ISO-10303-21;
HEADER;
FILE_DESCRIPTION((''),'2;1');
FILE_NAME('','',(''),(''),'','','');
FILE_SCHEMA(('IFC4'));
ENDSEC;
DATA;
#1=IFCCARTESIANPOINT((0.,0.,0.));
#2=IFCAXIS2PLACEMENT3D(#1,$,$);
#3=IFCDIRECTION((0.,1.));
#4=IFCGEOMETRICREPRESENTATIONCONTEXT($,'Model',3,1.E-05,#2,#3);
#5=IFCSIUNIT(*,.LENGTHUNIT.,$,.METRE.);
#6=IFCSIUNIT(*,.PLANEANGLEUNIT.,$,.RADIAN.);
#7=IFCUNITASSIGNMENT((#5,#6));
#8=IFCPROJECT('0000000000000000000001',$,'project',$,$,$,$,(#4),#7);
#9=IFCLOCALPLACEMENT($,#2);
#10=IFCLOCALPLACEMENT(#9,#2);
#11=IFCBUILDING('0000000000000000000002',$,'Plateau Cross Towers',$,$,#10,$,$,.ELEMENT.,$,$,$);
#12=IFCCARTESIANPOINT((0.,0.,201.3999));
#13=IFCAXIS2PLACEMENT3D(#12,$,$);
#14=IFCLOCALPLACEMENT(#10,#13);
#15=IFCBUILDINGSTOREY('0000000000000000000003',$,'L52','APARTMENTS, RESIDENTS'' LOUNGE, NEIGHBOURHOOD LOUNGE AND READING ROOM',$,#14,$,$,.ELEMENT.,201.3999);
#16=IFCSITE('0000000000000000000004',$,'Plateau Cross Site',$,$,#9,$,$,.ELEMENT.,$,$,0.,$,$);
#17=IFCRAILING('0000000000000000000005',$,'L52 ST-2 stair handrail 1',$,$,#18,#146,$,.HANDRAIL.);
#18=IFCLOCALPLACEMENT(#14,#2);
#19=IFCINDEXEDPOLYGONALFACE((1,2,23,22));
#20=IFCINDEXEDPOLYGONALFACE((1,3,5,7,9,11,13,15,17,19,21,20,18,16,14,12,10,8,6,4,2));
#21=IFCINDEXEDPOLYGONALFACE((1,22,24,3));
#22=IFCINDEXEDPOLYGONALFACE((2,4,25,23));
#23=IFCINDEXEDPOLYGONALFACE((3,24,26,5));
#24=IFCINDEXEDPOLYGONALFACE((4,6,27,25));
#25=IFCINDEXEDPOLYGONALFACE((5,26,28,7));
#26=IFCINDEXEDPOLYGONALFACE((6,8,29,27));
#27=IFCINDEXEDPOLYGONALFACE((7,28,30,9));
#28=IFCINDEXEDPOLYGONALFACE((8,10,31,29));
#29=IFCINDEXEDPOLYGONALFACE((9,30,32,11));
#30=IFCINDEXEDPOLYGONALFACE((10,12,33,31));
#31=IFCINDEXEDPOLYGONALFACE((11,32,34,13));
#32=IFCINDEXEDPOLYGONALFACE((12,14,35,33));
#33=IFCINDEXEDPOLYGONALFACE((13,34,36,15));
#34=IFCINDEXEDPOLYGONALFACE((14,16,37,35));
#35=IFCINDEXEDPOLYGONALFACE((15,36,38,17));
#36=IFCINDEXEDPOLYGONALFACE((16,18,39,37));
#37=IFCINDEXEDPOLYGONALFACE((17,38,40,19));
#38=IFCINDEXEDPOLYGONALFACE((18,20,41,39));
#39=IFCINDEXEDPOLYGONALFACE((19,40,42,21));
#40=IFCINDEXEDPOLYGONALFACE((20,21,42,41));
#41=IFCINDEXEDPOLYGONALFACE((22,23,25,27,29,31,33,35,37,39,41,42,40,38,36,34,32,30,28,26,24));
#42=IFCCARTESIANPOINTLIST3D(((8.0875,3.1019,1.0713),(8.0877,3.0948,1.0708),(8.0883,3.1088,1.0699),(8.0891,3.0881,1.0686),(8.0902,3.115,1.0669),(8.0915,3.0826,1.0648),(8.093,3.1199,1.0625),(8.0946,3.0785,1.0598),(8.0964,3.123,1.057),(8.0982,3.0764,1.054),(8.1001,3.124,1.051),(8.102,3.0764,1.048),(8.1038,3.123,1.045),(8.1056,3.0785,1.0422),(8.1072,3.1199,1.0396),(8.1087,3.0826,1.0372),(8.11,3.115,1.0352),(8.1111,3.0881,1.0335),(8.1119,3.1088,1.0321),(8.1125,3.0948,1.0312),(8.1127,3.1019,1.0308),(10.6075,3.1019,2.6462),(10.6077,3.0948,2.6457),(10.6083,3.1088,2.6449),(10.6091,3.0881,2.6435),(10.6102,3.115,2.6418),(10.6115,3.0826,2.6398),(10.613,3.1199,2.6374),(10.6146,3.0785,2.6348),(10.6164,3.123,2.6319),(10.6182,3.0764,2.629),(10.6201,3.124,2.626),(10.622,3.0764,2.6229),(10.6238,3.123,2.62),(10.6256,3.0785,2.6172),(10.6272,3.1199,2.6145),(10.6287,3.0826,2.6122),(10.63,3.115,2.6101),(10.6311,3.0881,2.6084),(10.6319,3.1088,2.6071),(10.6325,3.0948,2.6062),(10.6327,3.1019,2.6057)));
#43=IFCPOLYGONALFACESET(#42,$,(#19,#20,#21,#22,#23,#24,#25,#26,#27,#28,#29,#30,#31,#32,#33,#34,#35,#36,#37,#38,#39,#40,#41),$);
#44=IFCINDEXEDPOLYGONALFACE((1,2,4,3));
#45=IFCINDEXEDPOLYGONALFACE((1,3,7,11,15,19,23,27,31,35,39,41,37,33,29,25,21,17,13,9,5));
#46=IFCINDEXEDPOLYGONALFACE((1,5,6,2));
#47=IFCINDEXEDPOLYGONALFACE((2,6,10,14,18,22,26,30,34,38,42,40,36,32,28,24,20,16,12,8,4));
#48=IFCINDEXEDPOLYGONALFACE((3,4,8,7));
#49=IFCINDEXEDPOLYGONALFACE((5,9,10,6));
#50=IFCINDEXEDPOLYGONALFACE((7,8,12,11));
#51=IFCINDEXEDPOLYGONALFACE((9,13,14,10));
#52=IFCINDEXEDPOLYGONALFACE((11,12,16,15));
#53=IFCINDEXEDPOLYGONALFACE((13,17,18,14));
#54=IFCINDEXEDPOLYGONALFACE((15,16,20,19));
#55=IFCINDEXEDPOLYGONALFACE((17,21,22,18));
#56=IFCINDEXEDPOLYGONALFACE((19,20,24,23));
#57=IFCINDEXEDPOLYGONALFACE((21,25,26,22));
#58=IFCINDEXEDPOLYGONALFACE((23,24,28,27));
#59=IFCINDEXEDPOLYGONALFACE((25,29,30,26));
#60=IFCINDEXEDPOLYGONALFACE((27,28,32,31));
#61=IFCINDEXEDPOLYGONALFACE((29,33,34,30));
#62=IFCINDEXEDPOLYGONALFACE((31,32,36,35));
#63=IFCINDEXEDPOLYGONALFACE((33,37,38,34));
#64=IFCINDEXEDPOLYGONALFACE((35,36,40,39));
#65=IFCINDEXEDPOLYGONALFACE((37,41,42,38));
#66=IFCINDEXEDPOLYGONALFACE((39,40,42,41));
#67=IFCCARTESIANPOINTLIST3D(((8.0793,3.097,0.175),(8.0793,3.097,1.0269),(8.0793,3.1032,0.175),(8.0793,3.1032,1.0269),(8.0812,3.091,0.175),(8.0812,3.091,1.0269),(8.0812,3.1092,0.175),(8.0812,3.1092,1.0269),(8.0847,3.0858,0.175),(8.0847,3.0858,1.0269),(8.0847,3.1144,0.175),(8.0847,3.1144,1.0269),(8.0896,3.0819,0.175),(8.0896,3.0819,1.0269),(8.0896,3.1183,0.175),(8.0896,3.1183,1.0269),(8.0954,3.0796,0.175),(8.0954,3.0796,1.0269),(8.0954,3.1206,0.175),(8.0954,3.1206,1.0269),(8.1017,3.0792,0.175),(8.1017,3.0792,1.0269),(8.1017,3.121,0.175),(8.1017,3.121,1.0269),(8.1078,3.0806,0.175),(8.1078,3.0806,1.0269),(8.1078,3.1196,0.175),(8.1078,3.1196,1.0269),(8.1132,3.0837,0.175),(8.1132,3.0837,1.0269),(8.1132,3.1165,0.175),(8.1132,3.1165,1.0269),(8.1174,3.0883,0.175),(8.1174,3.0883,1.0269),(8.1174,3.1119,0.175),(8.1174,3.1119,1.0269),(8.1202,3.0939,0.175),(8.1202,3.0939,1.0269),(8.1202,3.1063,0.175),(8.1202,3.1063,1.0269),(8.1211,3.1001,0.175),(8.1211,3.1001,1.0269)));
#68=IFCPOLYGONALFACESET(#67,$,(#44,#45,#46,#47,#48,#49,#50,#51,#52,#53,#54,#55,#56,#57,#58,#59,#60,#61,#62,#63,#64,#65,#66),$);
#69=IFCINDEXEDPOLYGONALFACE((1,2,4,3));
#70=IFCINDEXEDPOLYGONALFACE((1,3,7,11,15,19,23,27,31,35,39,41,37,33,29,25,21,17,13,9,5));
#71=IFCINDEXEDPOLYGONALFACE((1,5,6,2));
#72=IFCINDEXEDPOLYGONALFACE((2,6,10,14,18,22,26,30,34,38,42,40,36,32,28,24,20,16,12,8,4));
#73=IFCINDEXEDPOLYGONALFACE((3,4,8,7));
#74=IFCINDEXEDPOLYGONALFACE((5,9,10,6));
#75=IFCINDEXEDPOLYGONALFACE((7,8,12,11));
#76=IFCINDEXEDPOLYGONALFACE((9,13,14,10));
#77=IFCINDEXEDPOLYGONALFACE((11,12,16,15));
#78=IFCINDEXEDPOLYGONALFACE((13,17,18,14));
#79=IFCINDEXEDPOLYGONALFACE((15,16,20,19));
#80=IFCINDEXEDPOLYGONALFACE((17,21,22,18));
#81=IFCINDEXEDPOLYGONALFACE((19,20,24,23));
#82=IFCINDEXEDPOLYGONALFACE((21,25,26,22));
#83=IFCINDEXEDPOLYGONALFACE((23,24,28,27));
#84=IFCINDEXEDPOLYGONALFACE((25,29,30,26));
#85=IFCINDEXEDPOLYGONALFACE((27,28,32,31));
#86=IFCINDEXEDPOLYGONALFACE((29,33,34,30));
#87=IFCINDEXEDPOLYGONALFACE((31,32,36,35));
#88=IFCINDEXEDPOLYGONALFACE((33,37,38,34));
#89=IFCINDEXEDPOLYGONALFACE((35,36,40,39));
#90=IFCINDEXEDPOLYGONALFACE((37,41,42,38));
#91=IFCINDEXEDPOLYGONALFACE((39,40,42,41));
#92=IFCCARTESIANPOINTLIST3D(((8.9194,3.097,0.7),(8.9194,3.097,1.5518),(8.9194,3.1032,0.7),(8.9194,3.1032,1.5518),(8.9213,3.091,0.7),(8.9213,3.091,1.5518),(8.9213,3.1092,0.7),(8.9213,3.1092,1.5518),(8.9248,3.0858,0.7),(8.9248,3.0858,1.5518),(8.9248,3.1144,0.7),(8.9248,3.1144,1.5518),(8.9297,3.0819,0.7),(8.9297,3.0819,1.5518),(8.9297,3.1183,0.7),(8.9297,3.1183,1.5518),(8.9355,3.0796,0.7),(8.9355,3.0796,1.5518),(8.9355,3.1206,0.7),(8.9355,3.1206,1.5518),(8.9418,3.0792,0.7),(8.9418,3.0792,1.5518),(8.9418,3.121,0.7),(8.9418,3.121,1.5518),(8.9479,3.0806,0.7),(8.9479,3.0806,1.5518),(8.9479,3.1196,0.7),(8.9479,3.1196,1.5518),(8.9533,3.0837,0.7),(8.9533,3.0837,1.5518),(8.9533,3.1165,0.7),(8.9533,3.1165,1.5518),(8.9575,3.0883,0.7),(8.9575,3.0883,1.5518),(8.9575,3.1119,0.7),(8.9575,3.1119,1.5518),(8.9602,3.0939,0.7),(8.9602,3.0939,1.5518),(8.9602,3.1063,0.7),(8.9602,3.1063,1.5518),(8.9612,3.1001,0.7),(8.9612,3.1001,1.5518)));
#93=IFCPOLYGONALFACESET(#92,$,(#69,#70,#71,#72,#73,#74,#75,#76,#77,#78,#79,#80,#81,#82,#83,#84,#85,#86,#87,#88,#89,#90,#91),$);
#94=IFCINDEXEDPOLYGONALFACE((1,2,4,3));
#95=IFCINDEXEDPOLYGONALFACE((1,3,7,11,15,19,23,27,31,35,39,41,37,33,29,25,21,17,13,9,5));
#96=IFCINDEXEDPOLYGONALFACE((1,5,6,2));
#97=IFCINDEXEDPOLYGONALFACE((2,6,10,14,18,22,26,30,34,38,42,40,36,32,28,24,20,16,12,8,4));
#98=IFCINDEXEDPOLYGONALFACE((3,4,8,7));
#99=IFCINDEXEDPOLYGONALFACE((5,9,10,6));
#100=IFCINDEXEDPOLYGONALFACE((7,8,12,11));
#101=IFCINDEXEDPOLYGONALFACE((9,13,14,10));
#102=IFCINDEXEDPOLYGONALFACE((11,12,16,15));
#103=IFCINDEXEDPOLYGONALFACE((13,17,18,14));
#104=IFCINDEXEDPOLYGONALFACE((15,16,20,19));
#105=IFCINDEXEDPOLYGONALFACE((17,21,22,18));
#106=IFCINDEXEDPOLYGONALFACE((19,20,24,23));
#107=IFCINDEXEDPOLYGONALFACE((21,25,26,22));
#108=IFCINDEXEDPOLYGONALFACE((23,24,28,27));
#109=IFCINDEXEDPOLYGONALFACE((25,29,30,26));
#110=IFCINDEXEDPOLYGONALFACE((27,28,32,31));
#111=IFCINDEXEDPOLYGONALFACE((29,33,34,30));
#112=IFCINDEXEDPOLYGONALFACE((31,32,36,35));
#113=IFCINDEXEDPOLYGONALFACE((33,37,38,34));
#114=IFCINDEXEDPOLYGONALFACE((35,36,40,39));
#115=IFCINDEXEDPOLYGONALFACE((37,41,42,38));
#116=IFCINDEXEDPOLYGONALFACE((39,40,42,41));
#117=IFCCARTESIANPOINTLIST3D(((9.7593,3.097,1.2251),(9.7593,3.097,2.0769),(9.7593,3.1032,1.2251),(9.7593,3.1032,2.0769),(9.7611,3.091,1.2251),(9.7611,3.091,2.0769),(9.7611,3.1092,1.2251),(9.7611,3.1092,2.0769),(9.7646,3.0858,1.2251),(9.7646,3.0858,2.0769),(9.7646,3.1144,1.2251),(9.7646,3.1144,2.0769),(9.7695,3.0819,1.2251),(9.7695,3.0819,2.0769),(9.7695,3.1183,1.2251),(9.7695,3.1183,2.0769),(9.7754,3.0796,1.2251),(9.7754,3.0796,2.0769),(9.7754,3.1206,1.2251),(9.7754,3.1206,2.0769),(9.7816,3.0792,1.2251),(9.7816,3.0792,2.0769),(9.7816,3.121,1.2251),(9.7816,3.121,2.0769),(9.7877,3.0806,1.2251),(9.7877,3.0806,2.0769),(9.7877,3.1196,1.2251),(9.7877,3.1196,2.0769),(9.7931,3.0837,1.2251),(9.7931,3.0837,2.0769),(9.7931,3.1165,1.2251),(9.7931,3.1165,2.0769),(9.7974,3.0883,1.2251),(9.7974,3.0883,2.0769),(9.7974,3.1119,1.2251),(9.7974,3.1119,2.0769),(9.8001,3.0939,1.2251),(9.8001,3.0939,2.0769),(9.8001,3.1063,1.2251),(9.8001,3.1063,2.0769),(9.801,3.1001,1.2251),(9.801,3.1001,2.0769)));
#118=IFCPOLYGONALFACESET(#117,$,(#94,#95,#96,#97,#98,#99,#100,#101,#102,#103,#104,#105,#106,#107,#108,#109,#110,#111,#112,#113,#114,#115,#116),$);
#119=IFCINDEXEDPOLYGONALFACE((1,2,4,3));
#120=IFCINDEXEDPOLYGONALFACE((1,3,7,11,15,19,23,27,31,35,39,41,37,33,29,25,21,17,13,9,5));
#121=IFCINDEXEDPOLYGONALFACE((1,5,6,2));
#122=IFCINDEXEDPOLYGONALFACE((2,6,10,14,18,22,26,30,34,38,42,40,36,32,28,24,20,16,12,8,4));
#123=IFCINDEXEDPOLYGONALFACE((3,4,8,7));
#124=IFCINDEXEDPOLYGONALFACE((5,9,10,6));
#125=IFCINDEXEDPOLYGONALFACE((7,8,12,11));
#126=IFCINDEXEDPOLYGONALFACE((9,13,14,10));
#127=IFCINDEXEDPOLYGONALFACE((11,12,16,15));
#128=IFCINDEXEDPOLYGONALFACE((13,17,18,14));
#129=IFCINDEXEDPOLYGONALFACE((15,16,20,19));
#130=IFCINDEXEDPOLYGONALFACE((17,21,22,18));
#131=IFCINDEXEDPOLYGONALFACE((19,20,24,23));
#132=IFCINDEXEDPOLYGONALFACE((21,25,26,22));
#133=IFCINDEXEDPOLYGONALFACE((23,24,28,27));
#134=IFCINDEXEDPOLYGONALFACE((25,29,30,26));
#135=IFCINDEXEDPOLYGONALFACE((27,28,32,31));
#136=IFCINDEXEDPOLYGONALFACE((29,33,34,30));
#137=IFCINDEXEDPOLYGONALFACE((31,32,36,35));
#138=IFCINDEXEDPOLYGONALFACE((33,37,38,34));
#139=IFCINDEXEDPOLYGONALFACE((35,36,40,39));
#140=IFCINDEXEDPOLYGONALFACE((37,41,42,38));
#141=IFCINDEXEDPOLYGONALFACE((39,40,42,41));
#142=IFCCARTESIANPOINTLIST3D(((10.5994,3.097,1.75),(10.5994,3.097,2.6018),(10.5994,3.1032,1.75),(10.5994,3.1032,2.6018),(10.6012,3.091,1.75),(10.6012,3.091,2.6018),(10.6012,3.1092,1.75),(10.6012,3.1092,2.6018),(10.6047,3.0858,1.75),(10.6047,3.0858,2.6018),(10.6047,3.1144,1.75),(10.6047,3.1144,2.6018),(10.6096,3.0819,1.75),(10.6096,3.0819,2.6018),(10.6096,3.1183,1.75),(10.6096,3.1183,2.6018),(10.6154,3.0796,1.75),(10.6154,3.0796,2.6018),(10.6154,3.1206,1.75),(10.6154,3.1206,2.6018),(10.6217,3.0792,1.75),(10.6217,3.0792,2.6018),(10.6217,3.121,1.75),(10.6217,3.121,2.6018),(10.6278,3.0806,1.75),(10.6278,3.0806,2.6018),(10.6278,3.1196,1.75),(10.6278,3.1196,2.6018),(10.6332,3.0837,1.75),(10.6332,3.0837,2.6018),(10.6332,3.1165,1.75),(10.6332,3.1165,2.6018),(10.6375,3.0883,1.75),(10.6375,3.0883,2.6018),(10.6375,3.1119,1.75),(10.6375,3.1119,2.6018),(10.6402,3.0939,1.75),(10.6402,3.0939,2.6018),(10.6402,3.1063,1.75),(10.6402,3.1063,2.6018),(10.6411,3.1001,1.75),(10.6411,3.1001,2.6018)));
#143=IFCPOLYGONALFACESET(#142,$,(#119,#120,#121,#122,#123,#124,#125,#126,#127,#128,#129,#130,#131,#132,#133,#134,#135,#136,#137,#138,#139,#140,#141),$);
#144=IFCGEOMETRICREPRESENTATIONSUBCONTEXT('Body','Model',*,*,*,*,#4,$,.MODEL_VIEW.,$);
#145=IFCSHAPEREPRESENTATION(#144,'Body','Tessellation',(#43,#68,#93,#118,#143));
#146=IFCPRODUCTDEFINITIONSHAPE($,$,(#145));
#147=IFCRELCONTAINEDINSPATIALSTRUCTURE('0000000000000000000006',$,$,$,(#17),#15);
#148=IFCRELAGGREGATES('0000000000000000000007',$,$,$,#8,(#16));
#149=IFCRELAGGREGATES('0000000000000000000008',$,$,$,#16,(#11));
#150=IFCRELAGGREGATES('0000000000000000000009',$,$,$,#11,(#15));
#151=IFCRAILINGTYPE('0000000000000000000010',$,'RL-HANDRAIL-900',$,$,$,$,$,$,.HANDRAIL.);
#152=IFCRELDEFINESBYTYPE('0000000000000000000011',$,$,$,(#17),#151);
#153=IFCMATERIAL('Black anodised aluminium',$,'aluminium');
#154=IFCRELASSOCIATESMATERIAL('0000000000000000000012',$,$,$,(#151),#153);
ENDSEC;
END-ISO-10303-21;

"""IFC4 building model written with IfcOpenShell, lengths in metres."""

from ifc_helpers import new_model, si_unit, direction, frame, origin, origin_2d, place, context, subcontext, project, spatial, circle, extrude, material, type_object, element, save


model = new_model("IFC4")

# Units and contexts
model_context = context("Model", 3, precision=1e-05, world=origin(), true_north=direction((0.0, 1.0)))
body_context = subcontext(model_context, "Body", "Model", "MODEL_VIEW")
ifc_project = project(units=[si_unit("LENGTHUNIT", "METRE"), si_unit("PLANEANGLEUNIT", "RADIAN")], contexts=[model_context])

# Site, building, storey
site_placement = place(None, origin())
site = spatial("IfcSite", under=ifc_project, at=site_placement, Name="Plateau Cross Site", CompositionType="ELEMENT", RefElevation=0.0)
building_placement = place(site_placement, origin())
building = spatial("IfcBuilding", under=site, at=building_placement, Name="Plateau Cross Towers", CompositionType="ELEMENT")
storey_placement = place(building_placement, frame((0.0, 0.0, 201.3999)))
storey = spatial("IfcBuildingStorey", under=building, at=storey_placement, Name="L52", Description="APARTMENTS, RESIDENTS' LOUNGE, NEIGHBOURHOOD LOUNGE AND READING ROOM", CompositionType="ELEMENT", Elevation=201.3999)

# Shared definitions
ifc_material_1 = material(Name="Black anodised aluminium", Category="aluminium")

# Railing
railing_type_1 = type_object("IfcRailingType", Name="RL-HANDRAIL-900", PredefinedType="HANDRAIL", material=ifc_material_1)
railing_1_placement = place(storey_placement, frame((8.1001, 3.1001, 0.175)))
element("IfcRailing", 1, at=railing_1_placement, inside=storey, type_object=railing_type_1, Name="L52 ST-2 stair handrail 1", PredefinedType="HANDRAIL", context=body_context, shape_type="SweptSolid", body=[
    extrude(circle(Radius=0.0239, at=origin_2d()), frame((0.0, 0.0, 0.876), z_axis=(0.848008, 0.0, 0.529984), x_axis=(0.0, 1.0, 0.0)), (0.0, 0.0, 1.0), 2.9717),
    extrude(circle(Radius=0.021, at=origin_2d()), origin(), (0.0, 0.0, 1.0), 0.8518),
    extrude(circle(Radius=0.021, at=origin_2d()), frame((0.8401, 0.0, 0.5249)), (0.0, 0.0, 1.0), 0.8518),
    extrude(circle(Radius=0.021, at=origin_2d()), frame((1.6799, 0.0, 1.05)), (0.0, 0.0, 1.0), 0.8518),
    extrude(circle(Radius=0.021, at=origin_2d()), frame((2.52, 0.0, 1.575)), (0.0, 0.0, 1.0), 0.8518),
])

save(model, "model.ifc")
